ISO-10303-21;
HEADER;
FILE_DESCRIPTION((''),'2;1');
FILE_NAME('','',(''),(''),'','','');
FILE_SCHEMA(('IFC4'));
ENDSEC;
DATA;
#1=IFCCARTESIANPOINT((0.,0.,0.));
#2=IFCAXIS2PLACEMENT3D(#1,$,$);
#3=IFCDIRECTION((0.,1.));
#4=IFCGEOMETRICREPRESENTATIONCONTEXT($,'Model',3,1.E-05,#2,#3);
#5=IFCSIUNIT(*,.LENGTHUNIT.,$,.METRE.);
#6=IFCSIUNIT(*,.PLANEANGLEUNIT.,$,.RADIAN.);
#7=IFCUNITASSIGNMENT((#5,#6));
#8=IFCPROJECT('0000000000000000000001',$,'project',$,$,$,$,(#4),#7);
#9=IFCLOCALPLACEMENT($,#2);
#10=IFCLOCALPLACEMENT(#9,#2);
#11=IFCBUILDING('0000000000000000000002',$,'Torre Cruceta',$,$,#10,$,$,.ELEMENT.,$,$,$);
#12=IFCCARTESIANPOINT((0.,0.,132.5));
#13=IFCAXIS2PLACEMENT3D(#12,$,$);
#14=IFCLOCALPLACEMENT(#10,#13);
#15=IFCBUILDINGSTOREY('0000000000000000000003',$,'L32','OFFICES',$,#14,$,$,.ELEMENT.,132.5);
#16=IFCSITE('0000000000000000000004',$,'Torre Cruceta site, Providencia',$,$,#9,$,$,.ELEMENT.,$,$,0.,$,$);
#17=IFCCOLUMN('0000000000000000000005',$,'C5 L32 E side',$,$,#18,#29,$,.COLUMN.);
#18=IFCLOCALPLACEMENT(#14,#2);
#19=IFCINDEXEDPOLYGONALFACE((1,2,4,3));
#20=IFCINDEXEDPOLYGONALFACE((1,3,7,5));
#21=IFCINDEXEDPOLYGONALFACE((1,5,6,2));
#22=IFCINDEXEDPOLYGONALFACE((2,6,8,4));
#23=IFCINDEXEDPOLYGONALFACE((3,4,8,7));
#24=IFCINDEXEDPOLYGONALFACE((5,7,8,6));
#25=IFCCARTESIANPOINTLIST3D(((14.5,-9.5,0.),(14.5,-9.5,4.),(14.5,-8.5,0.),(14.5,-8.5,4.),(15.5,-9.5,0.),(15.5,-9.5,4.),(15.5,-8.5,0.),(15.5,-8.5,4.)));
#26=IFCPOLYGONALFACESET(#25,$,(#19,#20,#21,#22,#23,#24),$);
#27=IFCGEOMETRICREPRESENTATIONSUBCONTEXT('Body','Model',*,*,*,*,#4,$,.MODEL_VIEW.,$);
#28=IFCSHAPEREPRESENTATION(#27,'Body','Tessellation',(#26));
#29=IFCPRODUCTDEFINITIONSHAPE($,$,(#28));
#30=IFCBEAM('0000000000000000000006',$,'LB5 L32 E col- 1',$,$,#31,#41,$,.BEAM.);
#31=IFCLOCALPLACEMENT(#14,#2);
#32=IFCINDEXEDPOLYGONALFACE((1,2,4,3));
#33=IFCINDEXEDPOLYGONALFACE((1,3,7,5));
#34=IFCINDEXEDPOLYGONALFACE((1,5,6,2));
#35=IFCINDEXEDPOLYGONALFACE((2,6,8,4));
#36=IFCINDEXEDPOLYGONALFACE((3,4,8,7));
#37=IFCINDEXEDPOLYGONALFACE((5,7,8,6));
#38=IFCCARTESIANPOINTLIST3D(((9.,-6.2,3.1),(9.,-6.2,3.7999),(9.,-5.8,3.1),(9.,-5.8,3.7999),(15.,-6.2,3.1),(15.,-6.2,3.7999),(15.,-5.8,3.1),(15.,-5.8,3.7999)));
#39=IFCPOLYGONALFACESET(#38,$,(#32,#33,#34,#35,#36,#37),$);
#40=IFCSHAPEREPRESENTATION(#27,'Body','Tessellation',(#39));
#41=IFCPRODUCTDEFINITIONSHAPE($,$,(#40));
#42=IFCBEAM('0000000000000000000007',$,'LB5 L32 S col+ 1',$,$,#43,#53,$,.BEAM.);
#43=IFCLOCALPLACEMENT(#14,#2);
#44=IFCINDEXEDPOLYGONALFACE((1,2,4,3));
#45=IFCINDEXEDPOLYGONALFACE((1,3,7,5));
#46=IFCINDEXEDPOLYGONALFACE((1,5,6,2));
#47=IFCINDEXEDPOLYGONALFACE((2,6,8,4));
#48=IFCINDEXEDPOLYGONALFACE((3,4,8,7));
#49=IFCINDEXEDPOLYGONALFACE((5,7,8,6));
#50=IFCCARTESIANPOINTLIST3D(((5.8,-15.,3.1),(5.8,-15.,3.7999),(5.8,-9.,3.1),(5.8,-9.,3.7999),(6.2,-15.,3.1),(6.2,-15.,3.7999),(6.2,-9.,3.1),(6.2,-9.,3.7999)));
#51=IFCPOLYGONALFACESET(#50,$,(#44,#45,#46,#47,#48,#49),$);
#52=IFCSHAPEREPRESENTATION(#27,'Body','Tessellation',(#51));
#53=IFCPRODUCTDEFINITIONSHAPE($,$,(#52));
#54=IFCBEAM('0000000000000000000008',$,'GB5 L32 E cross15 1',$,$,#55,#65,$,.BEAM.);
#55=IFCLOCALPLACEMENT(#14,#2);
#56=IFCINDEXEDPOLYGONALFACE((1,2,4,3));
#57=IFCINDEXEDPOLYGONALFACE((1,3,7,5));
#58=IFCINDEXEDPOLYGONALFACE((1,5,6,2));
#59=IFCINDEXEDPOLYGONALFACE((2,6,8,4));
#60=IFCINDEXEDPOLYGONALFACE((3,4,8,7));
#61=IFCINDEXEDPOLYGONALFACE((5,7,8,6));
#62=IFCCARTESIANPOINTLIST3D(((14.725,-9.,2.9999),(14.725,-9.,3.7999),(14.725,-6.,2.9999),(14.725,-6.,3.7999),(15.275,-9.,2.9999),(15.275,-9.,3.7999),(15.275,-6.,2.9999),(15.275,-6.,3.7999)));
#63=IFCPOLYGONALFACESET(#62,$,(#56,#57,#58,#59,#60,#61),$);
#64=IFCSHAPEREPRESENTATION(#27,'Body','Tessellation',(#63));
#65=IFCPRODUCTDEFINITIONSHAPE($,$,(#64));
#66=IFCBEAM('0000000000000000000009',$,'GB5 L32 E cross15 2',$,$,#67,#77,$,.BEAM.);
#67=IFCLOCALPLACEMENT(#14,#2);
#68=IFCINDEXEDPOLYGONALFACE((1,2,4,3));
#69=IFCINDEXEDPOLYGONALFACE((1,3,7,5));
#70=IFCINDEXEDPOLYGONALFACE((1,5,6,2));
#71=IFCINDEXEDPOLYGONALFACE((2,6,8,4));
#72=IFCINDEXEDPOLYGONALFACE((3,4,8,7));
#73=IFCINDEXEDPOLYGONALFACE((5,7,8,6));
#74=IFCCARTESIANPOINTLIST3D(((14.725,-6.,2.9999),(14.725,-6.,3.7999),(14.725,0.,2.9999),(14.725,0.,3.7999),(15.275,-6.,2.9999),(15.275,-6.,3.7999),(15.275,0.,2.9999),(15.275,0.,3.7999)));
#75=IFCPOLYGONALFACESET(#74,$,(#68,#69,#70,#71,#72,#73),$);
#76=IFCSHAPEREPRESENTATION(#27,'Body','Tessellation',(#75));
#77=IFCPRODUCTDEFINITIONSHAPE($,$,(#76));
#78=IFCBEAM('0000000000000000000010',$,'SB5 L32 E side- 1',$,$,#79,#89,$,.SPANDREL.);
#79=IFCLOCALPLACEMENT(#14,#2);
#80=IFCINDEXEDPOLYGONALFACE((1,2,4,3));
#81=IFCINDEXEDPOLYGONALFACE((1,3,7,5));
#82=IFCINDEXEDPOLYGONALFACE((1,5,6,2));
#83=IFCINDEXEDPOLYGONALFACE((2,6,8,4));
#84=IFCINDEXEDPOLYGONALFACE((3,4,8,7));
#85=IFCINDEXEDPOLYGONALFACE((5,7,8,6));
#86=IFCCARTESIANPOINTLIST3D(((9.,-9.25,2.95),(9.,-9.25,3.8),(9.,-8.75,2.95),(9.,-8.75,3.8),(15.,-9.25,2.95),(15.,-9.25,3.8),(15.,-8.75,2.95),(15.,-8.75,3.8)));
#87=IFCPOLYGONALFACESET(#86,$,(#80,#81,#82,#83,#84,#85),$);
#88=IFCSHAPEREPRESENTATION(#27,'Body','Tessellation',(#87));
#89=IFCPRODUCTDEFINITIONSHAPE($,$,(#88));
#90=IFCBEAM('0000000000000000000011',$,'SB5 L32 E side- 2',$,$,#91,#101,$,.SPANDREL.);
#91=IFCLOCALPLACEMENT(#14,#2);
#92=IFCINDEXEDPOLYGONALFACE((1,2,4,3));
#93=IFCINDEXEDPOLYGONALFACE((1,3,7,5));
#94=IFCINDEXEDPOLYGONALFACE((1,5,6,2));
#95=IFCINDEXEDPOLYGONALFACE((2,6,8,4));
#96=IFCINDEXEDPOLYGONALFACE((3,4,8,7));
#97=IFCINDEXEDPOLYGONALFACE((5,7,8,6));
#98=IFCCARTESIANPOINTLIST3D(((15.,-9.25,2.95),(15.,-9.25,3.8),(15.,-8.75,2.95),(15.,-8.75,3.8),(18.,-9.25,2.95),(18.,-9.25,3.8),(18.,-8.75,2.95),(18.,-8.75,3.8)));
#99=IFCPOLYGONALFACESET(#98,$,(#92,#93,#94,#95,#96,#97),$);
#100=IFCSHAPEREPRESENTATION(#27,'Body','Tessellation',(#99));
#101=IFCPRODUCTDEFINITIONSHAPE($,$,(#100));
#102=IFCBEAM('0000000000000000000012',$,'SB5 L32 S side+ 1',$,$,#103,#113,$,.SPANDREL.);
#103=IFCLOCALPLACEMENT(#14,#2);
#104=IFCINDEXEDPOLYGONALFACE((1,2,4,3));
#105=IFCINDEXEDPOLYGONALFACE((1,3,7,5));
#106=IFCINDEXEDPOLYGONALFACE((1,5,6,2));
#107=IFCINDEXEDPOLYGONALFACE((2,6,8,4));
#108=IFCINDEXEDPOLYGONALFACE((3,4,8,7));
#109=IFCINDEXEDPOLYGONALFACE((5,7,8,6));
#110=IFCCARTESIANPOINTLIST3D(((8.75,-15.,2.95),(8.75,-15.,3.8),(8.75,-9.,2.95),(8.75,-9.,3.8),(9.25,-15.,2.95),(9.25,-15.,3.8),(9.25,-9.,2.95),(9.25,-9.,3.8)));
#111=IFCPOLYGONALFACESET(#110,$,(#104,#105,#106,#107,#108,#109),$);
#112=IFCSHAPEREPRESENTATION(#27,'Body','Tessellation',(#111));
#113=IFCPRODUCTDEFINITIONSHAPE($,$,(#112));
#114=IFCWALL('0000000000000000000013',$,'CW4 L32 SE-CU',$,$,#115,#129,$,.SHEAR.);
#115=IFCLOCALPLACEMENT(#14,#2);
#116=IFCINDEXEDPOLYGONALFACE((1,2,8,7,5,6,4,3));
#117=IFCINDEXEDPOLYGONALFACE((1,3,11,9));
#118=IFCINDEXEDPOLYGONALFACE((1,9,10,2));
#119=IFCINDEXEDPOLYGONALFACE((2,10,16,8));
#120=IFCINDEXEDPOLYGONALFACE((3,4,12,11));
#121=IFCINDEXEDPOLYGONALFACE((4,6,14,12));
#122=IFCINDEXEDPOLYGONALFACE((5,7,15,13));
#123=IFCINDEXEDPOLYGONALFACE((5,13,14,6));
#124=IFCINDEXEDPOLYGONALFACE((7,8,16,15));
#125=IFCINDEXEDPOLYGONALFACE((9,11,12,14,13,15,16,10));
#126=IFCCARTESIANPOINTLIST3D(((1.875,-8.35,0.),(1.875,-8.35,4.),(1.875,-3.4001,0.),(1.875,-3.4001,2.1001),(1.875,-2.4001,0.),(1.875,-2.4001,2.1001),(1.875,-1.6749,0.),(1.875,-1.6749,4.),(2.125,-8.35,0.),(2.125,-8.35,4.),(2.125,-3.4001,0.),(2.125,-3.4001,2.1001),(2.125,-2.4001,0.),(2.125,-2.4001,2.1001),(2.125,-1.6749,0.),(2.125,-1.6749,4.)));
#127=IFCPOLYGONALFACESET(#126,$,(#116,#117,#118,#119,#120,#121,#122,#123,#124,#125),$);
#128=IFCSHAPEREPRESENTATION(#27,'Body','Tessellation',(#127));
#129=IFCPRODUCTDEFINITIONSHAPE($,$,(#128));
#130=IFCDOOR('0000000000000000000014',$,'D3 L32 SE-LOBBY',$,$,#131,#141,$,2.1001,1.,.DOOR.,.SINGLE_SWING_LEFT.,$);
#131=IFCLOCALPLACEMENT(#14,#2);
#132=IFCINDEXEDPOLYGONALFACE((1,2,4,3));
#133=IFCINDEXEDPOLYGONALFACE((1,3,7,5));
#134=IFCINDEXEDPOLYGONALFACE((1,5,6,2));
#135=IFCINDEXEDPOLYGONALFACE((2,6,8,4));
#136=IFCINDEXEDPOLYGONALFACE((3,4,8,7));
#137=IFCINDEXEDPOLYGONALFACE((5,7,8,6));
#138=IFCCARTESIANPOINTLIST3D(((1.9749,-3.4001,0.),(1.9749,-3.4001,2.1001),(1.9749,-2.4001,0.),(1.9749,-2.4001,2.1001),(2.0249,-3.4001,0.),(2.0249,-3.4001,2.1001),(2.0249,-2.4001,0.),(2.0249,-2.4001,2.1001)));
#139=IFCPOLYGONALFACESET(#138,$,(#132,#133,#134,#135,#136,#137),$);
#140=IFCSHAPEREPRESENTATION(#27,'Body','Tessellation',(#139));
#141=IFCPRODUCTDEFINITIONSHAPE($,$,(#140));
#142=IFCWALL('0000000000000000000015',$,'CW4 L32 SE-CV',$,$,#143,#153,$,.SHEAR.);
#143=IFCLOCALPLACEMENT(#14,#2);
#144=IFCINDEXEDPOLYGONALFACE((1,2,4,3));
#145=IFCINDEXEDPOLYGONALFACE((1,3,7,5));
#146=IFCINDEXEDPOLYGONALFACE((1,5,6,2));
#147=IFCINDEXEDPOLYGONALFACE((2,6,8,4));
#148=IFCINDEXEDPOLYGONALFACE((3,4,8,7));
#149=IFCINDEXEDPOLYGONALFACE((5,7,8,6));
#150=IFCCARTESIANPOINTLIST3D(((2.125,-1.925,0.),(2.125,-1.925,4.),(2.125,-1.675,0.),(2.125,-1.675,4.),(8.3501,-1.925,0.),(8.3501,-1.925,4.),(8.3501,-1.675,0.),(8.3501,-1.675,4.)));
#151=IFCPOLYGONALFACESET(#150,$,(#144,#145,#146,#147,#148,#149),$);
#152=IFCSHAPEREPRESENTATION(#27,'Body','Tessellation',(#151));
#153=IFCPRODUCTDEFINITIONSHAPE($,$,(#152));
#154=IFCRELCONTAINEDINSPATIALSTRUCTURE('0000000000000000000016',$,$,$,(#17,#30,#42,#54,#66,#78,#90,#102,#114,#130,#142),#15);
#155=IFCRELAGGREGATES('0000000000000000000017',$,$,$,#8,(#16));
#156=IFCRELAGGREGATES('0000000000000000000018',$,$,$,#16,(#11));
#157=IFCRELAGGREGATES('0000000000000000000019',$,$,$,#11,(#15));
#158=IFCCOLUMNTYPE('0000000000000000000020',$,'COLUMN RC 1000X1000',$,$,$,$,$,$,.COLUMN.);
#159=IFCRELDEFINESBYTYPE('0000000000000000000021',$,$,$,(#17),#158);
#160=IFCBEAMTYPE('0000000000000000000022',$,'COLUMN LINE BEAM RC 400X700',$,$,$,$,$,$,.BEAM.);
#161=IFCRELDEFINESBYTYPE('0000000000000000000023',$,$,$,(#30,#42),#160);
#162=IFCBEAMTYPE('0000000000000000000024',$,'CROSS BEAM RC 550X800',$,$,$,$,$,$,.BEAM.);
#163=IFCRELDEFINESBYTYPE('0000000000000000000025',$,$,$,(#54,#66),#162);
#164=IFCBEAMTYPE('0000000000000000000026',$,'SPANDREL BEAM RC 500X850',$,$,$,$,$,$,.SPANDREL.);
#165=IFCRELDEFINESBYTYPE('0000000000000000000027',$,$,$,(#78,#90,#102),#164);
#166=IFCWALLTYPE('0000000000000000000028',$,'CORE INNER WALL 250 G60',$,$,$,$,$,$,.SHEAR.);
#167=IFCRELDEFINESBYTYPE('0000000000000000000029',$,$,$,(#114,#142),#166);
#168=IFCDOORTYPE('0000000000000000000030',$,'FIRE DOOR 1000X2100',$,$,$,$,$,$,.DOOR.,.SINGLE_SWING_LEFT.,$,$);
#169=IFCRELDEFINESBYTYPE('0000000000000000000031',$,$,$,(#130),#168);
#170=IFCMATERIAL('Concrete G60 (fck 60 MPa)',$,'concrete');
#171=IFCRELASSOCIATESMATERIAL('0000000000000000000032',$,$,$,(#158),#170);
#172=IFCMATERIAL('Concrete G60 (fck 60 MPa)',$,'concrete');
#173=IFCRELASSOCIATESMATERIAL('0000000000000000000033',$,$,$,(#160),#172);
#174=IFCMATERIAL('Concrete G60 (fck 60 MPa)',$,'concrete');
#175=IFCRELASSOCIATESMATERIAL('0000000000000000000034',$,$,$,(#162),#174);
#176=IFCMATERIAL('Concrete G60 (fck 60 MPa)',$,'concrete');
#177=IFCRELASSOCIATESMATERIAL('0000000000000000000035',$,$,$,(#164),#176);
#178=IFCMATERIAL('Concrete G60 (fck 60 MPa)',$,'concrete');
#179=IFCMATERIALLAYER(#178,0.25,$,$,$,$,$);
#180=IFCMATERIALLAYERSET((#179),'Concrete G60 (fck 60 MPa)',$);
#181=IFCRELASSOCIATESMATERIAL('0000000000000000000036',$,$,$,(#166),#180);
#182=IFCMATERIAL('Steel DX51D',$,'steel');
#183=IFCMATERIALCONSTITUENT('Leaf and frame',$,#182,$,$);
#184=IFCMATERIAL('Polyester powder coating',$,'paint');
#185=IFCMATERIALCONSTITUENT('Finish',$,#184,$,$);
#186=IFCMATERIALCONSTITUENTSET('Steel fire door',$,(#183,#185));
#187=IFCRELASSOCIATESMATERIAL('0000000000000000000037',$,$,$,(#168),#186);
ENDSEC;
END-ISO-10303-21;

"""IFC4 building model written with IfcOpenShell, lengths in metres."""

from ifc_helpers import new_model, si_unit, direction, frame, frame_2d, origin, origin_2d, place, context, subcontext, project, spatial, rectangle, extrude, material, layer, layer_set, constituent, constituent_set, material_profile, profile_set, type_object, element, fill, save


model = new_model("IFC4")

# Units and contexts
model_context = context("Model", 3, precision=1e-05, world=origin(), true_north=direction((0.0, 1.0)))
body_context = subcontext(model_context, "Body", "Model", "MODEL_VIEW")
ifc_project = project(units=[si_unit("LENGTHUNIT", "METRE"), si_unit("PLANEANGLEUNIT", "RADIAN")], contexts=[model_context])

# Site, building, storey
site_placement = place(None, origin())
site = spatial("IfcSite", under=ifc_project, at=site_placement, Name="Torre Cruceta site, Providencia", CompositionType="ELEMENT", RefElevation=0.0)
building_placement = place(site_placement, origin())
building = spatial("IfcBuilding", under=site, at=building_placement, Name="Torre Cruceta", CompositionType="ELEMENT")
storey_placement = place(building_placement, frame((0.0, 0.0, 132.5)))
storey = spatial("IfcBuildingStorey", under=building, at=storey_placement, Name="L32", Description="OFFICES", CompositionType="ELEMENT", Elevation=132.5)

# Column
ifc_material_1 = material(Name="Concrete G60 (fck 60 MPa)", Category="concrete")
ifc_material_profile_1 = material_profile(ifc_material_1, rectangle(XDim=1.0, YDim=1.0, at=origin_2d()), Name="RC 1000X1000")
ifc_profile_set_1 = profile_set([ifc_material_profile_1], Name="Concrete G60 (fck 60 MPa)")
column_type = type_object("IfcColumnType", Name="COLUMN RC 1000X1000", PredefinedType="COLUMN", material=ifc_profile_set_1)
column_placement = place(storey_placement, frame((15.0, -9.0, 0.0), z_axis=(0.0, 0.0, 1.0), x_axis=(1.0, 0.0, 0.0)))
element("IfcColumn", 1, at=column_placement, inside=storey, type_object=column_type, Name="C5 L32 E side", PredefinedType="COLUMN", context=body_context, shape_type="SweptSolid", body=[
    extrude(rectangle(XDim=1.0, YDim=1.0, at=origin_2d()), origin(), (0.0, 0.0, 1.0), 4.0),
])

# Beams
ifc_material_2 = material(Name="Concrete G60 (fck 60 MPa)", Category="concrete")
ifc_material_profile_2 = material_profile(ifc_material_2, rectangle(XDim=0.3999, YDim=0.7, at=origin_2d()), Name="RC 400X700")
ifc_profile_set_2 = profile_set([ifc_material_profile_2], Name="Concrete G60 (fck 60 MPa)")
beam_type_1 = type_object("IfcBeamType", Name="COLUMN LINE BEAM RC 400X700", PredefinedType="BEAM", material=ifc_profile_set_2)
for number, where, z_axis, x_axis, name in (
    (2, (9.0, -6.0, 3.45), (1.0, 0.0, 0.0), (0.0, 1.0, 0.0), "LB5 L32 E col- 1"),
    (3, (6.0, -9.0, 3.45), (0.0, -1.0, 0.0), (1.0, 0.0, 0.0), "LB5 L32 S col+ 1"),
):
    element("IfcBeam", number, at=place(storey_placement, frame(where, z_axis=z_axis, x_axis=x_axis)), inside=storey, type_object=beam_type_1, Name=name, PredefinedType="BEAM", context=body_context, shape_type="SweptSolid", body=[
        extrude(rectangle(XDim=0.3999, YDim=0.7, at=origin_2d()), origin(), (0.0, 0.0, 1.0), 6.0),
    ])
ifc_material_3 = material(Name="Concrete G60 (fck 60 MPa)", Category="concrete")
ifc_material_profile_3 = material_profile(ifc_material_3, rectangle(XDim=0.55, YDim=0.8, at=origin_2d()), Name="RC 550X800")
ifc_profile_set_3 = profile_set([ifc_material_profile_3], Name="Concrete G60 (fck 60 MPa)")
beam_type_2 = type_object("IfcBeamType", Name="CROSS BEAM RC 550X800", PredefinedType="BEAM", material=ifc_profile_set_3)
beam_1_placement = place(storey_placement, frame((15.0, -9.0, 3.3999), z_axis=(0.0, 1.0, 0.0), x_axis=(-1.0, 0.0, 0.0)))
element("IfcBeam", 4, at=beam_1_placement, inside=storey, type_object=beam_type_2, Name="GB5 L32 E cross15 1", PredefinedType="BEAM", context=body_context, shape_type="SweptSolid", body=[
    extrude(rectangle(XDim=0.55, YDim=0.8, at=origin_2d()), origin(), (0.0, 0.0, 1.0), 3.0),
])
beam_2_placement = place(storey_placement, frame((15.0, -6.0, 3.3999), z_axis=(0.0, 1.0, 0.0), x_axis=(-1.0, 0.0, 0.0)))
element("IfcBeam", 5, at=beam_2_placement, inside=storey, type_object=beam_type_2, Name="GB5 L32 E cross15 2", PredefinedType="BEAM", context=body_context, shape_type="SweptSolid", body=[
    extrude(rectangle(XDim=0.55, YDim=0.8, at=origin_2d()), origin(), (0.0, 0.0, 1.0), 6.0),
])
ifc_material_4 = material(Name="Concrete G60 (fck 60 MPa)", Category="concrete")
ifc_material_profile_4 = material_profile(ifc_material_4, rectangle(XDim=0.5, YDim=0.8501, at=origin_2d()), Name="RC 500X850")
ifc_profile_set_4 = profile_set([ifc_material_profile_4], Name="Concrete G60 (fck 60 MPa)")
beam_type_3 = type_object("IfcBeamType", Name="SPANDREL BEAM RC 500X850", PredefinedType="SPANDREL", material=ifc_profile_set_4)
beam_3_placement = place(storey_placement, frame((9.0, -9.0, 3.375), z_axis=(1.0, 0.0, 0.0), x_axis=(0.0, 1.0, 0.0)))
element("IfcBeam", 6, at=beam_3_placement, inside=storey, type_object=beam_type_3, Name="SB5 L32 E side- 1", PredefinedType="SPANDREL", context=body_context, shape_type="SweptSolid", body=[
    extrude(rectangle(XDim=0.5, YDim=0.8501, at=origin_2d()), origin(), (0.0, 0.0, 1.0), 6.0),
])
beam_4_placement = place(storey_placement, frame((15.0, -9.0, 3.375), z_axis=(1.0, 0.0, 0.0), x_axis=(0.0, 1.0, 0.0)))
element("IfcBeam", 7, at=beam_4_placement, inside=storey, type_object=beam_type_3, Name="SB5 L32 E side- 2", PredefinedType="SPANDREL", context=body_context, shape_type="SweptSolid", body=[
    extrude(rectangle(XDim=0.5, YDim=0.8501, at=origin_2d()), origin(), (0.0, 0.0, 1.0), 3.0),
])
beam_5_placement = place(storey_placement, frame((9.0, -9.0, 3.375), z_axis=(0.0, -1.0, 0.0), x_axis=(1.0, 0.0, 0.0)))
element("IfcBeam", 8, at=beam_5_placement, inside=storey, type_object=beam_type_3, Name="SB5 L32 S side+ 1", PredefinedType="SPANDREL", context=body_context, shape_type="SweptSolid", body=[
    extrude(rectangle(XDim=0.5, YDim=0.8501, at=origin_2d()), origin(), (0.0, 0.0, 1.0), 6.0),
])

# Wall, opening, door
ifc_material_5 = material(Name="Concrete G60 (fck 60 MPa)", Category="concrete")
ifc_layer_1 = layer(ifc_material_5, 0.25)
ifc_layer_set_1 = layer_set([ifc_layer_1], Name="Concrete G60 (fck 60 MPa)")
wall_type_1 = type_object("IfcWallType", Name="CORE INNER WALL 250 G60", PredefinedType="SHEAR", material=ifc_layer_set_1)
wall_1_placement = place(storey_placement, frame((2.0, -1.675, 0.0), z_axis=(0.0, 0.0, 1.0), x_axis=(0.0, -1.0, 0.0)))
wall_1 = element("IfcWall", 9, at=wall_1_placement, inside=storey, type_object=wall_type_1, Name="CW4 L32 SE-CU", PredefinedType="SHEAR", context=body_context, shape_type="SweptSolid", body=[
    extrude(rectangle(XDim=6.675, YDim=0.25, at=frame_2d((3.3374, 0.0))), origin(), (0.0, 0.0, 1.0), 4.0),
])
opening_1_placement = place(wall_1_placement, frame((0.7251, 0.0, 0.0)))
opening_1 = element("IfcOpeningElement", 10, at=opening_1_placement, cuts=wall_1, PredefinedType="OPENING", context=body_context, shape_type="SweptSolid", body=[
    extrude(rectangle(XDim=1.0, YDim=2.1001, at=frame_2d((0.5, 1.05))), frame((0.0, 0.135, 0.0), z_axis=(0.0, -1.0, 0.0), x_axis=(1.0, 0.0, 0.0)), (0.0, 0.0, 1.0), 0.27),
])
ifc_material_6 = material(Name="Steel DX51D", Category="steel")
ifc_constituent_1 = constituent(ifc_material_6, Name="Leaf and frame")
ifc_material_7 = material(Name="Polyester powder coating", Category="paint")
ifc_constituent_2 = constituent(ifc_material_7, Name="Finish")
ifc_constituent_set_1 = constituent_set(constituents=[ifc_constituent_1, ifc_constituent_2], Name="Steel fire door")
door_type_1 = type_object("IfcDoorType", Name="FIRE DOOR 1000X2100", OperationType="SINGLE_SWING_LEFT", PredefinedType="DOOR", material=ifc_constituent_set_1)
door_1_placement = place(opening_1_placement, origin())
door_1 = element("IfcDoor", 11, at=door_1_placement, inside=storey, type_object=door_type_1, Name="D3 L32 SE-LOBBY", OperationType="SINGLE_SWING_LEFT", OverallHeight=2.1001, OverallWidth=1.0, PredefinedType="DOOR", context=body_context, shape_type="SweptSolid", body=[
    extrude(rectangle(XDim=1.0, YDim=2.1001, at=frame_2d((0.5, 1.05))), frame((0.0, 0.0249, 0.0), z_axis=(0.0, -1.0, 0.0), x_axis=(1.0, 0.0, 0.0)), (0.0, 0.0, 1.0), 0.05),
])
fill(opening_1, door_1)

# Wall
wall_2_placement = place(storey_placement, frame((2.125, -1.8, 0.0), z_axis=(0.0, 0.0, 1.0), x_axis=(1.0, 0.0, 0.0)))
element("IfcWall", 12, at=wall_2_placement, inside=storey, type_object=wall_type_1, Name="CW4 L32 SE-CV", PredefinedType="SHEAR", context=body_context, shape_type="SweptSolid", body=[
    extrude(rectangle(XDim=6.2251, YDim=0.25, at=frame_2d((3.1125, 0.0))), origin(), (0.0, 0.0, 1.0), 4.0),
])

save(model, "model.ifc")
